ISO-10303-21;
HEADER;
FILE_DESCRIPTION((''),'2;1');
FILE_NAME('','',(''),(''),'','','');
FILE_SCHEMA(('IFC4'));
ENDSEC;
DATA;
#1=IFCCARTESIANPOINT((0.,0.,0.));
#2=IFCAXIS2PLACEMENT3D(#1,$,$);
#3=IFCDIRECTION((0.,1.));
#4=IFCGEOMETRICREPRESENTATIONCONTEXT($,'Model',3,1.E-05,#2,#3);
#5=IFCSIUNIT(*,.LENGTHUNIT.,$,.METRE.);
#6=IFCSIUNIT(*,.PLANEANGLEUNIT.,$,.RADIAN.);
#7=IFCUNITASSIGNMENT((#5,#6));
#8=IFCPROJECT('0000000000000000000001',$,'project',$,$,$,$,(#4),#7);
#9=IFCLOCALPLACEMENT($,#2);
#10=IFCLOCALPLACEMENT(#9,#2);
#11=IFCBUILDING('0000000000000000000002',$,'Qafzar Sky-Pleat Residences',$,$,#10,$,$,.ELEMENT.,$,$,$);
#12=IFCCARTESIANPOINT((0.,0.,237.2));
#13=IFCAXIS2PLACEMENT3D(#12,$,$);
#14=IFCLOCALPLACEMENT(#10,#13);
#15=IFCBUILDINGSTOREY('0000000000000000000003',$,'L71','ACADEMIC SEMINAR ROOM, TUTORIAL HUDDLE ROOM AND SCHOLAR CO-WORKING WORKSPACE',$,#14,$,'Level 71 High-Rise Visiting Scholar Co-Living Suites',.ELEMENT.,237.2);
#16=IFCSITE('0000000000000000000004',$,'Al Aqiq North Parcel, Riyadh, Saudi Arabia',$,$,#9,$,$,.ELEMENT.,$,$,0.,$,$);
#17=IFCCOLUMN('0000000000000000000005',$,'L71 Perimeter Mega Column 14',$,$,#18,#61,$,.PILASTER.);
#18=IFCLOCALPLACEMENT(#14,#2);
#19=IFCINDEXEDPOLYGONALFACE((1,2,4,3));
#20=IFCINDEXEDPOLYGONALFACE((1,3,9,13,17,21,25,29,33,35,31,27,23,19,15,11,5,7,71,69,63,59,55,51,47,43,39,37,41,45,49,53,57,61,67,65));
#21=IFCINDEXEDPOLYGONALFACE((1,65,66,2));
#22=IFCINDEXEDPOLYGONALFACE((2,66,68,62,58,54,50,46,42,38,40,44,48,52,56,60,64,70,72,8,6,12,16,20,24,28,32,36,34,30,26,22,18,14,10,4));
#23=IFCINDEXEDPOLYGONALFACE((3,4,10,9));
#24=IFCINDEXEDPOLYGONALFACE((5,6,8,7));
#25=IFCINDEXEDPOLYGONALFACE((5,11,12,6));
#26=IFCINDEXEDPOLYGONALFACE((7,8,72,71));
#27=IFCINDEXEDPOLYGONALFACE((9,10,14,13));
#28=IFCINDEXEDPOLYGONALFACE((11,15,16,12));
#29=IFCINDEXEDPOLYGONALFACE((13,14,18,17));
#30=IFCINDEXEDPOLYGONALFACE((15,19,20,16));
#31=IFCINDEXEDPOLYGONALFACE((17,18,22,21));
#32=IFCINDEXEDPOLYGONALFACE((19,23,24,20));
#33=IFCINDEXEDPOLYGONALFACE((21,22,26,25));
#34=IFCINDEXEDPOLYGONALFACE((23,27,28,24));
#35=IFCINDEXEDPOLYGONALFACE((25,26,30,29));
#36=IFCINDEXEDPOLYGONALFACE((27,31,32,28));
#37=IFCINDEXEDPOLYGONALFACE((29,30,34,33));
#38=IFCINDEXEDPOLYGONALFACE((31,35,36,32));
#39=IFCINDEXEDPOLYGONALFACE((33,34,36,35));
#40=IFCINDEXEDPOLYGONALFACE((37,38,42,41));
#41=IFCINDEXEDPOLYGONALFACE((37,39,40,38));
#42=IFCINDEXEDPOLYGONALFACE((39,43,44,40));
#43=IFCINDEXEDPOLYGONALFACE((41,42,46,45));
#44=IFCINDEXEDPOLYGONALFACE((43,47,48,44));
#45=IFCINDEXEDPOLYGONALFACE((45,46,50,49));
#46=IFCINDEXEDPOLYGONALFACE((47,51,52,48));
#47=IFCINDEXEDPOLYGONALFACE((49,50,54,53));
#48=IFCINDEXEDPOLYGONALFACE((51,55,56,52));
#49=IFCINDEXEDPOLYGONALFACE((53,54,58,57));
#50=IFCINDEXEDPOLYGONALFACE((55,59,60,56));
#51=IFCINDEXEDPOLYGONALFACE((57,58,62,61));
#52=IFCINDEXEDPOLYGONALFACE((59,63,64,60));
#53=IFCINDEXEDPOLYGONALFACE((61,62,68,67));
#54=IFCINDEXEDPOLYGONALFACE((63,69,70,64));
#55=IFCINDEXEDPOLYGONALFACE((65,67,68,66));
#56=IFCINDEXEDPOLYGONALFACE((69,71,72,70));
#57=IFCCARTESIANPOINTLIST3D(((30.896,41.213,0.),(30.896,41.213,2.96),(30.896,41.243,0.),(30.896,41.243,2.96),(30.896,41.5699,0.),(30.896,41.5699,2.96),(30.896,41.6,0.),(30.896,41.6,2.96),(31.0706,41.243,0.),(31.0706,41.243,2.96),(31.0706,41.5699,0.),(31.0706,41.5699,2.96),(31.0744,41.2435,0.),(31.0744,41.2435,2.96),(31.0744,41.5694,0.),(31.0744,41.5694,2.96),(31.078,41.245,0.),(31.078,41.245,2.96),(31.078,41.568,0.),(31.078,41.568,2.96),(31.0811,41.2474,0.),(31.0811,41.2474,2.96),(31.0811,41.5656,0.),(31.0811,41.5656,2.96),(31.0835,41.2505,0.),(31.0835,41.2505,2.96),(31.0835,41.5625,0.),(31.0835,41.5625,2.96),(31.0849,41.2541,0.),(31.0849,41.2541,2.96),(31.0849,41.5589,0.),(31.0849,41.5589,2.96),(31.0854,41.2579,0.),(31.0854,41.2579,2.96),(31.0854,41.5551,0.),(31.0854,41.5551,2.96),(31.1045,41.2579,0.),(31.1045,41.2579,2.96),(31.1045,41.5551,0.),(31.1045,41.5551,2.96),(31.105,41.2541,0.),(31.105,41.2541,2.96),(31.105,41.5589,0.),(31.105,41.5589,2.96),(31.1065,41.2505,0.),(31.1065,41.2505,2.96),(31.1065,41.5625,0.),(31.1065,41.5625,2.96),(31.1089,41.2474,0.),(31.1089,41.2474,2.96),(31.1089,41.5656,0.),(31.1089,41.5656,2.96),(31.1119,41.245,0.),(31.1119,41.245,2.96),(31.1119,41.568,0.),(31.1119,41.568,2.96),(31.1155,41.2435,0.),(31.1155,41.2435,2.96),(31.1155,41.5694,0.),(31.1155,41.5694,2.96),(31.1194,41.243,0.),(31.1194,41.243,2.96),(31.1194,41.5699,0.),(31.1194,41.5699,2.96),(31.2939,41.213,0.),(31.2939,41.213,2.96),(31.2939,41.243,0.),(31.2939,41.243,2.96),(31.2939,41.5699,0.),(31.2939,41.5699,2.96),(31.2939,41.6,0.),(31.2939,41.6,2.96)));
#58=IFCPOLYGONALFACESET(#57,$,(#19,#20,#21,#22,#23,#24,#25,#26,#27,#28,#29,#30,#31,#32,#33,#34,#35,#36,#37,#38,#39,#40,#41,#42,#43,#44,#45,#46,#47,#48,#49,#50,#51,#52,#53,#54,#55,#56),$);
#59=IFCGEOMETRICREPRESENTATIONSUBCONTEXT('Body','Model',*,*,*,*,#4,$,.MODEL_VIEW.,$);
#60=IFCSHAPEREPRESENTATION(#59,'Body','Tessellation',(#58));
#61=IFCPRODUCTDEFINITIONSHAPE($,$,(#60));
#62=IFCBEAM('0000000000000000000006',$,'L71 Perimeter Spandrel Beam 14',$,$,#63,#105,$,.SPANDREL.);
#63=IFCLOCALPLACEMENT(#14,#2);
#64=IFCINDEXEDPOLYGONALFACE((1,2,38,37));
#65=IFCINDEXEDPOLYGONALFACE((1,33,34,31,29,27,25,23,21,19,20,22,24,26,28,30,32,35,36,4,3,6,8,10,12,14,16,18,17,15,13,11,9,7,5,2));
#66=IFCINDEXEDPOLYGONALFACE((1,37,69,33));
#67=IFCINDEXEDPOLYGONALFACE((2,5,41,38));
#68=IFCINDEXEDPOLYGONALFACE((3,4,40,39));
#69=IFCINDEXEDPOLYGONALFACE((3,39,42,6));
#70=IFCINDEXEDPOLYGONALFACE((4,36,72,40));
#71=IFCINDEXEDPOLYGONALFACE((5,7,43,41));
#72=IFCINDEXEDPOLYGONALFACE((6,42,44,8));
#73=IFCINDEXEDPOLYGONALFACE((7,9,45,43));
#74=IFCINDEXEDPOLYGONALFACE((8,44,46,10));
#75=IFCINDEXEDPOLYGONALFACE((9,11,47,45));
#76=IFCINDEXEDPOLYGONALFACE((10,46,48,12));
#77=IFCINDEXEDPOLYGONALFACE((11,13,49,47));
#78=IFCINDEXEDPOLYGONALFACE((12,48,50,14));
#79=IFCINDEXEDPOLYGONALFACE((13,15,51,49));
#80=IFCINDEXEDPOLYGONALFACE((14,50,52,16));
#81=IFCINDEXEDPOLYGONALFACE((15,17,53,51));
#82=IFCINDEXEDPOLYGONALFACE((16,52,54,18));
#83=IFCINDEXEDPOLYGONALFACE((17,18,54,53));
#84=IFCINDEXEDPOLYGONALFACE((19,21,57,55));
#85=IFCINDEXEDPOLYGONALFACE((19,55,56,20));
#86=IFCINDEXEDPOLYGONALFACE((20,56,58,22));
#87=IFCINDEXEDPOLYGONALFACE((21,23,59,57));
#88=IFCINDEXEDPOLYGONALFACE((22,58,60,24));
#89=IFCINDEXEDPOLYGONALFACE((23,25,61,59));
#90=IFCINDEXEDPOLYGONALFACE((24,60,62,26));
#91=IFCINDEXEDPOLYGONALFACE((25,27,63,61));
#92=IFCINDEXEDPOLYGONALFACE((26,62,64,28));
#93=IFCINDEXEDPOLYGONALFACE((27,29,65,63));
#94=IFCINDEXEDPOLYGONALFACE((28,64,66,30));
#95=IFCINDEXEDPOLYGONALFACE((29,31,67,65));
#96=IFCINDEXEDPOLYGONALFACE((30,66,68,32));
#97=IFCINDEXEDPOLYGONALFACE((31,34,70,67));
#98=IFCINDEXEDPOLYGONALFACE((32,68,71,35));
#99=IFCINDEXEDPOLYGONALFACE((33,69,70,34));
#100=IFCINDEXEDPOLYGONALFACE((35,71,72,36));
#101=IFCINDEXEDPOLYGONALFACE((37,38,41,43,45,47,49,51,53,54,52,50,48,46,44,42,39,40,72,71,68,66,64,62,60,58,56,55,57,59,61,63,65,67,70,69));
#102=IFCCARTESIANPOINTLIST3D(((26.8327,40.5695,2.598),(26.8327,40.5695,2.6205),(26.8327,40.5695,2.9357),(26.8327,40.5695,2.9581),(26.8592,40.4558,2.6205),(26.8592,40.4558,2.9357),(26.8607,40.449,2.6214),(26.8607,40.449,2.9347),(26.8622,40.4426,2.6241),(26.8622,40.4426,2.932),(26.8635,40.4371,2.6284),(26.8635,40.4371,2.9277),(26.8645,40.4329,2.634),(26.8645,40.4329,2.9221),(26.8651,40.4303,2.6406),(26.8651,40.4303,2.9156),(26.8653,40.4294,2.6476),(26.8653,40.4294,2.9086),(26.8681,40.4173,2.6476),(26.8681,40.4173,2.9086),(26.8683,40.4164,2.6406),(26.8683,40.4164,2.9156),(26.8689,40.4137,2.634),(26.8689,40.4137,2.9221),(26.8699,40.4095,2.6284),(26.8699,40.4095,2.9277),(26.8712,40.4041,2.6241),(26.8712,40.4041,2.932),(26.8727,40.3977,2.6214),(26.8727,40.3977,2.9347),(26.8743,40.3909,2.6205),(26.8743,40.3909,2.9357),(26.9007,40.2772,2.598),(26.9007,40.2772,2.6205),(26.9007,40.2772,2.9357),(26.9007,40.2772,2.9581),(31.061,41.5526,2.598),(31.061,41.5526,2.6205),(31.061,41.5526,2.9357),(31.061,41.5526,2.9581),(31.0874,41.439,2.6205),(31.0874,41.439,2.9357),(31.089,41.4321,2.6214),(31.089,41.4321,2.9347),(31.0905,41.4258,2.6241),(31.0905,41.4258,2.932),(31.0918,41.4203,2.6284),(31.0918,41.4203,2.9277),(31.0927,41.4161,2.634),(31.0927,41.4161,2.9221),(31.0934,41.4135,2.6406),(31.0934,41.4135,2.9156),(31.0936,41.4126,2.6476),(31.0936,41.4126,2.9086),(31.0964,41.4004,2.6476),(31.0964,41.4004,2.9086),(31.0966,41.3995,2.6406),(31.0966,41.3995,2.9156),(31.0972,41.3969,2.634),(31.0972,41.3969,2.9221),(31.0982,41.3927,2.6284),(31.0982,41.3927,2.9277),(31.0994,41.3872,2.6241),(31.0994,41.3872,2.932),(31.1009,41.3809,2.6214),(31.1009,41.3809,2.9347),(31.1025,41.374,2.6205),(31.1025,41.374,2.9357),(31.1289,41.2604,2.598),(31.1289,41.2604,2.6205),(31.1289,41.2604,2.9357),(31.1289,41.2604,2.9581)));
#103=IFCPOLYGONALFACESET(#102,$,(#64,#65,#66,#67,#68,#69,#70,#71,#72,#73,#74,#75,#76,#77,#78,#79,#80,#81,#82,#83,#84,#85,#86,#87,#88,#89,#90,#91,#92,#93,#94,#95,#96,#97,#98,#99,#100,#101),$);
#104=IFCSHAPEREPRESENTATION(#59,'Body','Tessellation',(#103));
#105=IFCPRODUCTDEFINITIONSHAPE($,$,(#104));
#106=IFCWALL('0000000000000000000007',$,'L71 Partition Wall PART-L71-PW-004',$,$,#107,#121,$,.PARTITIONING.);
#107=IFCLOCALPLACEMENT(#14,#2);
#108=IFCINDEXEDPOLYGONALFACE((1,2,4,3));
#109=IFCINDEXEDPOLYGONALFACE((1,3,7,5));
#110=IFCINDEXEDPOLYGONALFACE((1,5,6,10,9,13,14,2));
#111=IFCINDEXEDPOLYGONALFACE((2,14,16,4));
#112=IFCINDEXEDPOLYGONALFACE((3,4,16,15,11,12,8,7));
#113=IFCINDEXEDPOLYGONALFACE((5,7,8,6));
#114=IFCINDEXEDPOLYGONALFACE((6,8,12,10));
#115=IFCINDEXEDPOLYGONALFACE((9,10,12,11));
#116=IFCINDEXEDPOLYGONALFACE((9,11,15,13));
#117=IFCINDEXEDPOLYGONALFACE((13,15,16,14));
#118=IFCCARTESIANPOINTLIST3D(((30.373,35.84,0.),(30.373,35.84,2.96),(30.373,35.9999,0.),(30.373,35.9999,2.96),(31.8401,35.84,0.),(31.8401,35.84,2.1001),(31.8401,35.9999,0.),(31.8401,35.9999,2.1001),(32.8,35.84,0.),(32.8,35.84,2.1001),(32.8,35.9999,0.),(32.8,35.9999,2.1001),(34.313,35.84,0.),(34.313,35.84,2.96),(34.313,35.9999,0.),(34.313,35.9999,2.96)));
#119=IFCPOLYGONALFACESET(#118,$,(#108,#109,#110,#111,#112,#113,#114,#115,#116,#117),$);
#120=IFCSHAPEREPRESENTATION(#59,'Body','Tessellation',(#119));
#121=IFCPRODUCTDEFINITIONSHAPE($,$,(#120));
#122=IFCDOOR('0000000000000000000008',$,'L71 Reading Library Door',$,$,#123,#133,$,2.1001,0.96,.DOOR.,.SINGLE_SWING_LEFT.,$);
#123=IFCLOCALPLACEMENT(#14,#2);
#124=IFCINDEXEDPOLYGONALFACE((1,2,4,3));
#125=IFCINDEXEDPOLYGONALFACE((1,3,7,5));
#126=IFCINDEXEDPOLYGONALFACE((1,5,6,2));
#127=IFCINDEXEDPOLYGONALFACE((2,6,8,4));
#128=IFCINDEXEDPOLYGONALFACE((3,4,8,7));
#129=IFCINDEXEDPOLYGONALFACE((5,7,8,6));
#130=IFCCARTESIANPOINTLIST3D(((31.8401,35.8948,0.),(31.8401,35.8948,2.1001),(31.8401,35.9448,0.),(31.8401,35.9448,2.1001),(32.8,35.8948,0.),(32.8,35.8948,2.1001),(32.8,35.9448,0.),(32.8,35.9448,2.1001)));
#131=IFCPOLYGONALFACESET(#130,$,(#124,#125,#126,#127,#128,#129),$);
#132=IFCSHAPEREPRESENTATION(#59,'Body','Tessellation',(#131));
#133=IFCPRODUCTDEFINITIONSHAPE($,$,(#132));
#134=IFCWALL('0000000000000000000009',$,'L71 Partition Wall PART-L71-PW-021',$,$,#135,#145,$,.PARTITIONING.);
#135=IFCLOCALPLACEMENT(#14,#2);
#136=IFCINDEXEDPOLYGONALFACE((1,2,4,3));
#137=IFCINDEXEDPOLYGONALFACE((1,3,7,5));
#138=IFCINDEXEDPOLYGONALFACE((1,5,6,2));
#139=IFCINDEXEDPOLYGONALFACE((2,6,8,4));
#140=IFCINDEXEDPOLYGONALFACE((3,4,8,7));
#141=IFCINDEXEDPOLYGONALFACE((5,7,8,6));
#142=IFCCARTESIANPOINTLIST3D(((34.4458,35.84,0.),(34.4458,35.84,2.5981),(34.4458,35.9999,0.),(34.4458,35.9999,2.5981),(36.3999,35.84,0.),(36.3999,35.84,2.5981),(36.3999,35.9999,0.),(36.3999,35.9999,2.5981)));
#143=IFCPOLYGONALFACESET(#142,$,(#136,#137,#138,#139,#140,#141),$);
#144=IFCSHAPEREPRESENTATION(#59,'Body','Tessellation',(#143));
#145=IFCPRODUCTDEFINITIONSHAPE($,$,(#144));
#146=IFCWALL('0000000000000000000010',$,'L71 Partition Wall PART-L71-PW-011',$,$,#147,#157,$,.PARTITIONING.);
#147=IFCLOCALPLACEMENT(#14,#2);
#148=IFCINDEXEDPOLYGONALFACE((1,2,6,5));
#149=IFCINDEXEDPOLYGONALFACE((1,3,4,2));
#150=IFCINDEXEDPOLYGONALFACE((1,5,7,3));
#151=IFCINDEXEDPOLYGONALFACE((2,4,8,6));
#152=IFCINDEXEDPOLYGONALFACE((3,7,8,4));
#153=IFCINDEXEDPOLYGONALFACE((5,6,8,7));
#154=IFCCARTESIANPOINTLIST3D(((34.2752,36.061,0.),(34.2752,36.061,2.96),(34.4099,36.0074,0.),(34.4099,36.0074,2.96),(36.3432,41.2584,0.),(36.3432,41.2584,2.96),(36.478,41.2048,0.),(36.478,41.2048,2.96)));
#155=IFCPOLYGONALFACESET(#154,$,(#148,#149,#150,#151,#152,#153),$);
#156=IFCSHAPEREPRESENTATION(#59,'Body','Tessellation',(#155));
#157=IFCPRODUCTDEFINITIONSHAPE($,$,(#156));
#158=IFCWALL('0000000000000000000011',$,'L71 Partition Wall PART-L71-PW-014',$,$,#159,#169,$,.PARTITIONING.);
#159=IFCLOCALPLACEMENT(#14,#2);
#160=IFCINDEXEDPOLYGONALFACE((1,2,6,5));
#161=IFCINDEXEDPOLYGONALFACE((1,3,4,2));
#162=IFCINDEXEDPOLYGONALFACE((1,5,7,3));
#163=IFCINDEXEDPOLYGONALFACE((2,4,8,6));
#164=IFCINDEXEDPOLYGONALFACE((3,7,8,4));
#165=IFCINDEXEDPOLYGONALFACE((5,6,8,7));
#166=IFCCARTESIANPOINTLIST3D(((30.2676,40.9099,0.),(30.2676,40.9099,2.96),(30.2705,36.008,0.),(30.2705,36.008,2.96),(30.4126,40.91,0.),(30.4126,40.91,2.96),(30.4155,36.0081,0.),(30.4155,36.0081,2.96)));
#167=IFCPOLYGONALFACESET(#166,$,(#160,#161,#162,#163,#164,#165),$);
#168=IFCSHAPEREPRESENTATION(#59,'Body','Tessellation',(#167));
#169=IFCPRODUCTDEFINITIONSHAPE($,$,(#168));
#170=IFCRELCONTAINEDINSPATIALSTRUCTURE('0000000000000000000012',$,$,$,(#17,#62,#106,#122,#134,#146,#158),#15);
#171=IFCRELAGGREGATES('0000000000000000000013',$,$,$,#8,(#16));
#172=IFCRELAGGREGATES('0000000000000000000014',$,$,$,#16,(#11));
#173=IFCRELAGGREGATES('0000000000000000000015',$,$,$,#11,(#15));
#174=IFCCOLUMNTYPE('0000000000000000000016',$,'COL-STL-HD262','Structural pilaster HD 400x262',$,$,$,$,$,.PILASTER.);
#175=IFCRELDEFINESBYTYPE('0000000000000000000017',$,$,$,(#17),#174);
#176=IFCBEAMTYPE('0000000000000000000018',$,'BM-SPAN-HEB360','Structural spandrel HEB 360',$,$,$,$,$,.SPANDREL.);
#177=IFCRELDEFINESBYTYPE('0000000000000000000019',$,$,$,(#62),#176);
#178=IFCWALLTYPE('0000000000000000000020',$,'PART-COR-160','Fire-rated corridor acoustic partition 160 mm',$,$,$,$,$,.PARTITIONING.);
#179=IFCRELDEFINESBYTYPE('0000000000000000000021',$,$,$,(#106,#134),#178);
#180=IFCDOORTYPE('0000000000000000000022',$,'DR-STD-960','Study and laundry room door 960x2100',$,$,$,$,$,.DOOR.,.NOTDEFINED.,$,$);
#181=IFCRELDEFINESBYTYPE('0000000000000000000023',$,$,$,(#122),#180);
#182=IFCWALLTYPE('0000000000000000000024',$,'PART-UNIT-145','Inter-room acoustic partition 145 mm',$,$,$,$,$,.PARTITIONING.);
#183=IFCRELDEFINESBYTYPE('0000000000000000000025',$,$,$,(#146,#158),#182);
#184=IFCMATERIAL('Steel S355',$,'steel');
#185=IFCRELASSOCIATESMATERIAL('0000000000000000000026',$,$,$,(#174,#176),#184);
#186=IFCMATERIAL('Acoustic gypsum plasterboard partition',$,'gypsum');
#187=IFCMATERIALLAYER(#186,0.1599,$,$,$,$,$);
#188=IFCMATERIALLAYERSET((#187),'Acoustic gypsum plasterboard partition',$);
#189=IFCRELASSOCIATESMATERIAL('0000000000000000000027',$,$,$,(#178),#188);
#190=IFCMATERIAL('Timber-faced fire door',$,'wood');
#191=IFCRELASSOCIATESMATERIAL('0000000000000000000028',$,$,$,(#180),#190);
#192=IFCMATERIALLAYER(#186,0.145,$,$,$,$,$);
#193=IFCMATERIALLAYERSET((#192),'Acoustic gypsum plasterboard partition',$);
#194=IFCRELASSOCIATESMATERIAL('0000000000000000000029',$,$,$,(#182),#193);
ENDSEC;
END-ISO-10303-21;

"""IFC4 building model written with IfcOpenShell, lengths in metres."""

from ifc_helpers import new_model, si_unit, direction, frame, frame_2d, origin, origin_2d, place, context, subcontext, project, spatial, rectangle, i_section, extrude, source, transform, mapped, material, layer, layer_set, material_profile, profile_set, type_object, element, fill, save


model = new_model("IFC4")

# Units and contexts
model_context = context("Model", 3, precision=1e-05, world=origin(), true_north=direction((0.0, 1.0)))
body_context = subcontext(model_context, "Body", "Model", "MODEL_VIEW")
ifc_project = project(units=[si_unit("LENGTHUNIT", "METRE"), si_unit("PLANEANGLEUNIT", "RADIAN")], contexts=[model_context])

# Site, building, storey
site_placement = place(None, origin())
site = spatial("IfcSite", under=ifc_project, at=site_placement, Name="Al Aqiq North Parcel, Riyadh, Saudi Arabia", CompositionType="ELEMENT", RefElevation=0.0)
building_placement = place(site_placement, origin())
building = spatial("IfcBuilding", under=site, at=building_placement, Name="Qafzar Sky-Pleat Residences", CompositionType="ELEMENT")
storey_placement = place(building_placement, frame((0.0, 0.0, 237.2)))
storey = spatial("IfcBuildingStorey", under=building, at=storey_placement, Name="L71", Description="ACADEMIC SEMINAR ROOM, TUTORIAL HUDDLE ROOM AND SCHOLAR CO-WORKING WORKSPACE", LongName="Level 71 High-Rise Visiting Scholar Co-Living Suites", CompositionType="ELEMENT", Elevation=237.2)

# Column
ifc_material_1 = material(Name="Steel S355", Category="steel")
ifc_material_profile_1 = material_profile(ifc_material_1, i_section(OverallWidth=0.3979, OverallDepth=0.387, WebThickness=0.019, FlangeThickness=0.03, FilletRadius=0.0149, at=origin_2d()), Name="HD 400x262")
ifc_profile_set_1 = profile_set([ifc_material_profile_1], Name="Steel S355")
column_type = type_object("IfcColumnType", Name="COL-STL-HD262", Description="Structural pilaster HD 400x262", PredefinedType="PILASTER", material=ifc_profile_set_1)
shared_shape_1 = source(origin(), body_context, "Body", "SweptSolid", [
    extrude(i_section(OverallWidth=0.3979, OverallDepth=0.387, WebThickness=0.019, FlangeThickness=0.03, FilletRadius=0.0149, at=origin_2d()), origin(), (0.0, 0.0, 1.0), 2.96),
])
column_placement = place(storey_placement, frame((31.095, 41.4065, 0.0), z_axis=(0.0, 0.0, 1.0), x_axis=(1.0, 0.0, 0.0)))
element("IfcColumn", 1, at=column_placement, inside=storey, type_object=column_type, Name="L71 Perimeter Mega Column 14", PredefinedType="PILASTER", context=body_context, shape_type="MappedRepresentation", body=[
    mapped(shared_shape_1, transform((0.0, 0.0, 0.0), x_axis=(1.0, 0.0, 0.0), y_axis=(0.0, 1.0, 0.0), z_axis=(0.0, 0.0, 1.0), scale=1.0)),
])

# Beam
ifc_material_profile_2 = material_profile(ifc_material_1, i_section(OverallWidth=0.3, OverallDepth=0.3601, WebThickness=0.0125, FlangeThickness=0.0225, FilletRadius=0.0271, at=origin_2d()), Name="HEB 360")
ifc_profile_set_2 = profile_set([ifc_material_profile_2], Name="Steel S355")
beam_type = type_object("IfcBeamType", Name="BM-SPAN-HEB360", Description="Structural spandrel HEB 360", PredefinedType="SPANDREL", material=ifc_profile_set_2)
shared_shape_2 = source(origin(), body_context, "Body", "SweptSolid", [
    extrude(i_section(OverallWidth=0.3, OverallDepth=0.3601, WebThickness=0.0125, FlangeThickness=0.0225, FilletRadius=0.0271, at=origin_2d()), origin(), (0.0, 0.0, 1.0), 4.3411),
])
beam_placement = place(storey_placement, frame((31.095, 41.4065, 2.7781), z_axis=(-0.974016, -0.226478, 0.0), x_axis=(0.226478, -0.974016, 0.0)))
element("IfcBeam", 2, at=beam_placement, inside=storey, type_object=beam_type, Name="L71 Perimeter Spandrel Beam 14", PredefinedType="SPANDREL", context=body_context, shape_type="MappedRepresentation", body=[
    mapped(shared_shape_2, transform((0.0, 0.0, 0.0), x_axis=(1.0, 0.0, 0.0), y_axis=(0.0, 1.0, 0.0), z_axis=(0.0, 0.0, 1.0), scale=1.0)),
])

# Wall, opening, door
ifc_material_2 = material(Name="Acoustic gypsum plasterboard partition", Category="gypsum")
ifc_layer_1 = layer(ifc_material_2, 0.1599)
ifc_layer_set_1 = layer_set([ifc_layer_1], Name="Acoustic gypsum plasterboard partition")
wall_type_1 = type_object("IfcWallType", Name="PART-COR-160", Description="Fire-rated corridor acoustic partition 160 mm", PredefinedType="PARTITIONING", material=ifc_layer_set_1)
wall_1_placement = place(storey_placement, frame((30.373, 35.9199, 0.0), z_axis=(0.0, 0.0, 1.0), x_axis=(1.0, 0.0, 0.0)))
wall_1 = element("IfcWall", 3, at=wall_1_placement, inside=storey, type_object=wall_type_1, Name="L71 Partition Wall PART-L71-PW-004", PredefinedType="PARTITIONING", context=body_context, shape_type="SweptSolid", body=[
    extrude(rectangle(XDim=3.9399, YDim=0.1599, at=frame_2d((1.97, 0.0))), origin(), (0.0, 0.0, 1.0), 2.96),
])
opening_1_placement = place(wall_1_placement, frame((1.467, 0.0, 0.0)))
opening_1 = element("IfcOpeningElement", 4, at=opening_1_placement, cuts=wall_1, PredefinedType="OPENING", context=body_context, shape_type="SweptSolid", body=[
    extrude(rectangle(XDim=0.96, YDim=2.1001, at=frame_2d((0.48, 1.05))), frame((0.0, 0.0898, 0.0), z_axis=(0.0, -1.0, 0.0), x_axis=(1.0, 0.0, 0.0)), (0.0, 0.0, 1.0), 0.1799),
])
ifc_material_3 = material(Name="Timber-faced fire door", Category="wood")
door_type_1 = type_object("IfcDoorType", Name="DR-STD-960", Description="Study and laundry room door 960x2100", OperationType="NOTDEFINED", PredefinedType="DOOR", material=ifc_material_3)
shared_shape_3 = source(origin(), body_context, "Body", "SweptSolid", [
    extrude(rectangle(XDim=0.96, YDim=2.1001, at=frame_2d((0.48, 1.05))), frame((0.0, 0.0249, 0.0), z_axis=(0.0, -1.0, 0.0), x_axis=(1.0, 0.0, 0.0)), (0.0, 0.0, 1.0), 0.05),
])
door_1_placement = place(opening_1_placement, origin())
door_1 = element("IfcDoor", 5, at=door_1_placement, inside=storey, type_object=door_type_1, Name="L71 Reading Library Door", OperationType="SINGLE_SWING_LEFT", OverallHeight=2.1001, OverallWidth=0.96, PredefinedType="DOOR", context=body_context, shape_type="MappedRepresentation", body=[
    mapped(shared_shape_3, transform((0.0, 0.0, 0.0), x_axis=(1.0, 0.0, 0.0), y_axis=(0.0, 1.0, 0.0), z_axis=(0.0, 0.0, 1.0), scale=1.0)),
])
fill(opening_1, door_1)

# Walls
wall_2_placement = place(storey_placement, frame((34.4458, 35.9199, 0.0), z_axis=(0.0, 0.0, 1.0), x_axis=(1.0, 0.0, 0.0)))
element("IfcWall", 6, at=wall_2_placement, inside=storey, type_object=wall_type_1, Name="L71 Partition Wall PART-L71-PW-021", PredefinedType="PARTITIONING", context=body_context, shape_type="SweptSolid", body=[
    extrude(rectangle(XDim=1.9541, YDim=0.1599, at=frame_2d((0.9771, 0.0))), origin(), (0.0, 0.0, 1.0), 2.5981),
])
ifc_layer_2 = layer(ifc_material_2, 0.145)
ifc_layer_set_2 = layer_set([ifc_layer_2], Name="Acoustic gypsum plasterboard partition")
wall_type_2 = type_object("IfcWallType", Name="PART-UNIT-145", Description="Inter-room acoustic partition 145 mm", PredefinedType="PARTITIONING", material=ifc_layer_set_2)
wall_3_placement = place(storey_placement, frame((34.3425, 36.0342, 0.0), z_axis=(0.0, 0.0, 1.0), x_axis=(0.369712, 0.929146, 0.0)))
element("IfcWall", 7, at=wall_3_placement, inside=storey, type_object=wall_type_2, Name="L71 Partition Wall PART-L71-PW-011", PredefinedType="PARTITIONING", context=body_context, shape_type="SweptSolid", body=[
    extrude(rectangle(XDim=5.5938, YDim=0.145, at=frame_2d((2.7969, 0.0))), origin(), (0.0, 0.0, 1.0), 2.96),
])
wall_4_placement = place(storey_placement, frame((30.3401, 40.9099, 0.0), z_axis=(0.0, 0.0, 1.0), x_axis=(0.000598, -1.0, 0.0)))
element("IfcWall", 8, at=wall_4_placement, inside=storey, type_object=wall_type_2, Name="L71 Partition Wall PART-L71-PW-014", PredefinedType="PARTITIONING", context=body_context, shape_type="SweptSolid", body=[
    extrude(rectangle(XDim=4.9019, YDim=0.145, at=frame_2d((2.4509, 0.0))), origin(), (0.0, 0.0, 1.0), 2.96),
])

save(model, "model.ifc")
